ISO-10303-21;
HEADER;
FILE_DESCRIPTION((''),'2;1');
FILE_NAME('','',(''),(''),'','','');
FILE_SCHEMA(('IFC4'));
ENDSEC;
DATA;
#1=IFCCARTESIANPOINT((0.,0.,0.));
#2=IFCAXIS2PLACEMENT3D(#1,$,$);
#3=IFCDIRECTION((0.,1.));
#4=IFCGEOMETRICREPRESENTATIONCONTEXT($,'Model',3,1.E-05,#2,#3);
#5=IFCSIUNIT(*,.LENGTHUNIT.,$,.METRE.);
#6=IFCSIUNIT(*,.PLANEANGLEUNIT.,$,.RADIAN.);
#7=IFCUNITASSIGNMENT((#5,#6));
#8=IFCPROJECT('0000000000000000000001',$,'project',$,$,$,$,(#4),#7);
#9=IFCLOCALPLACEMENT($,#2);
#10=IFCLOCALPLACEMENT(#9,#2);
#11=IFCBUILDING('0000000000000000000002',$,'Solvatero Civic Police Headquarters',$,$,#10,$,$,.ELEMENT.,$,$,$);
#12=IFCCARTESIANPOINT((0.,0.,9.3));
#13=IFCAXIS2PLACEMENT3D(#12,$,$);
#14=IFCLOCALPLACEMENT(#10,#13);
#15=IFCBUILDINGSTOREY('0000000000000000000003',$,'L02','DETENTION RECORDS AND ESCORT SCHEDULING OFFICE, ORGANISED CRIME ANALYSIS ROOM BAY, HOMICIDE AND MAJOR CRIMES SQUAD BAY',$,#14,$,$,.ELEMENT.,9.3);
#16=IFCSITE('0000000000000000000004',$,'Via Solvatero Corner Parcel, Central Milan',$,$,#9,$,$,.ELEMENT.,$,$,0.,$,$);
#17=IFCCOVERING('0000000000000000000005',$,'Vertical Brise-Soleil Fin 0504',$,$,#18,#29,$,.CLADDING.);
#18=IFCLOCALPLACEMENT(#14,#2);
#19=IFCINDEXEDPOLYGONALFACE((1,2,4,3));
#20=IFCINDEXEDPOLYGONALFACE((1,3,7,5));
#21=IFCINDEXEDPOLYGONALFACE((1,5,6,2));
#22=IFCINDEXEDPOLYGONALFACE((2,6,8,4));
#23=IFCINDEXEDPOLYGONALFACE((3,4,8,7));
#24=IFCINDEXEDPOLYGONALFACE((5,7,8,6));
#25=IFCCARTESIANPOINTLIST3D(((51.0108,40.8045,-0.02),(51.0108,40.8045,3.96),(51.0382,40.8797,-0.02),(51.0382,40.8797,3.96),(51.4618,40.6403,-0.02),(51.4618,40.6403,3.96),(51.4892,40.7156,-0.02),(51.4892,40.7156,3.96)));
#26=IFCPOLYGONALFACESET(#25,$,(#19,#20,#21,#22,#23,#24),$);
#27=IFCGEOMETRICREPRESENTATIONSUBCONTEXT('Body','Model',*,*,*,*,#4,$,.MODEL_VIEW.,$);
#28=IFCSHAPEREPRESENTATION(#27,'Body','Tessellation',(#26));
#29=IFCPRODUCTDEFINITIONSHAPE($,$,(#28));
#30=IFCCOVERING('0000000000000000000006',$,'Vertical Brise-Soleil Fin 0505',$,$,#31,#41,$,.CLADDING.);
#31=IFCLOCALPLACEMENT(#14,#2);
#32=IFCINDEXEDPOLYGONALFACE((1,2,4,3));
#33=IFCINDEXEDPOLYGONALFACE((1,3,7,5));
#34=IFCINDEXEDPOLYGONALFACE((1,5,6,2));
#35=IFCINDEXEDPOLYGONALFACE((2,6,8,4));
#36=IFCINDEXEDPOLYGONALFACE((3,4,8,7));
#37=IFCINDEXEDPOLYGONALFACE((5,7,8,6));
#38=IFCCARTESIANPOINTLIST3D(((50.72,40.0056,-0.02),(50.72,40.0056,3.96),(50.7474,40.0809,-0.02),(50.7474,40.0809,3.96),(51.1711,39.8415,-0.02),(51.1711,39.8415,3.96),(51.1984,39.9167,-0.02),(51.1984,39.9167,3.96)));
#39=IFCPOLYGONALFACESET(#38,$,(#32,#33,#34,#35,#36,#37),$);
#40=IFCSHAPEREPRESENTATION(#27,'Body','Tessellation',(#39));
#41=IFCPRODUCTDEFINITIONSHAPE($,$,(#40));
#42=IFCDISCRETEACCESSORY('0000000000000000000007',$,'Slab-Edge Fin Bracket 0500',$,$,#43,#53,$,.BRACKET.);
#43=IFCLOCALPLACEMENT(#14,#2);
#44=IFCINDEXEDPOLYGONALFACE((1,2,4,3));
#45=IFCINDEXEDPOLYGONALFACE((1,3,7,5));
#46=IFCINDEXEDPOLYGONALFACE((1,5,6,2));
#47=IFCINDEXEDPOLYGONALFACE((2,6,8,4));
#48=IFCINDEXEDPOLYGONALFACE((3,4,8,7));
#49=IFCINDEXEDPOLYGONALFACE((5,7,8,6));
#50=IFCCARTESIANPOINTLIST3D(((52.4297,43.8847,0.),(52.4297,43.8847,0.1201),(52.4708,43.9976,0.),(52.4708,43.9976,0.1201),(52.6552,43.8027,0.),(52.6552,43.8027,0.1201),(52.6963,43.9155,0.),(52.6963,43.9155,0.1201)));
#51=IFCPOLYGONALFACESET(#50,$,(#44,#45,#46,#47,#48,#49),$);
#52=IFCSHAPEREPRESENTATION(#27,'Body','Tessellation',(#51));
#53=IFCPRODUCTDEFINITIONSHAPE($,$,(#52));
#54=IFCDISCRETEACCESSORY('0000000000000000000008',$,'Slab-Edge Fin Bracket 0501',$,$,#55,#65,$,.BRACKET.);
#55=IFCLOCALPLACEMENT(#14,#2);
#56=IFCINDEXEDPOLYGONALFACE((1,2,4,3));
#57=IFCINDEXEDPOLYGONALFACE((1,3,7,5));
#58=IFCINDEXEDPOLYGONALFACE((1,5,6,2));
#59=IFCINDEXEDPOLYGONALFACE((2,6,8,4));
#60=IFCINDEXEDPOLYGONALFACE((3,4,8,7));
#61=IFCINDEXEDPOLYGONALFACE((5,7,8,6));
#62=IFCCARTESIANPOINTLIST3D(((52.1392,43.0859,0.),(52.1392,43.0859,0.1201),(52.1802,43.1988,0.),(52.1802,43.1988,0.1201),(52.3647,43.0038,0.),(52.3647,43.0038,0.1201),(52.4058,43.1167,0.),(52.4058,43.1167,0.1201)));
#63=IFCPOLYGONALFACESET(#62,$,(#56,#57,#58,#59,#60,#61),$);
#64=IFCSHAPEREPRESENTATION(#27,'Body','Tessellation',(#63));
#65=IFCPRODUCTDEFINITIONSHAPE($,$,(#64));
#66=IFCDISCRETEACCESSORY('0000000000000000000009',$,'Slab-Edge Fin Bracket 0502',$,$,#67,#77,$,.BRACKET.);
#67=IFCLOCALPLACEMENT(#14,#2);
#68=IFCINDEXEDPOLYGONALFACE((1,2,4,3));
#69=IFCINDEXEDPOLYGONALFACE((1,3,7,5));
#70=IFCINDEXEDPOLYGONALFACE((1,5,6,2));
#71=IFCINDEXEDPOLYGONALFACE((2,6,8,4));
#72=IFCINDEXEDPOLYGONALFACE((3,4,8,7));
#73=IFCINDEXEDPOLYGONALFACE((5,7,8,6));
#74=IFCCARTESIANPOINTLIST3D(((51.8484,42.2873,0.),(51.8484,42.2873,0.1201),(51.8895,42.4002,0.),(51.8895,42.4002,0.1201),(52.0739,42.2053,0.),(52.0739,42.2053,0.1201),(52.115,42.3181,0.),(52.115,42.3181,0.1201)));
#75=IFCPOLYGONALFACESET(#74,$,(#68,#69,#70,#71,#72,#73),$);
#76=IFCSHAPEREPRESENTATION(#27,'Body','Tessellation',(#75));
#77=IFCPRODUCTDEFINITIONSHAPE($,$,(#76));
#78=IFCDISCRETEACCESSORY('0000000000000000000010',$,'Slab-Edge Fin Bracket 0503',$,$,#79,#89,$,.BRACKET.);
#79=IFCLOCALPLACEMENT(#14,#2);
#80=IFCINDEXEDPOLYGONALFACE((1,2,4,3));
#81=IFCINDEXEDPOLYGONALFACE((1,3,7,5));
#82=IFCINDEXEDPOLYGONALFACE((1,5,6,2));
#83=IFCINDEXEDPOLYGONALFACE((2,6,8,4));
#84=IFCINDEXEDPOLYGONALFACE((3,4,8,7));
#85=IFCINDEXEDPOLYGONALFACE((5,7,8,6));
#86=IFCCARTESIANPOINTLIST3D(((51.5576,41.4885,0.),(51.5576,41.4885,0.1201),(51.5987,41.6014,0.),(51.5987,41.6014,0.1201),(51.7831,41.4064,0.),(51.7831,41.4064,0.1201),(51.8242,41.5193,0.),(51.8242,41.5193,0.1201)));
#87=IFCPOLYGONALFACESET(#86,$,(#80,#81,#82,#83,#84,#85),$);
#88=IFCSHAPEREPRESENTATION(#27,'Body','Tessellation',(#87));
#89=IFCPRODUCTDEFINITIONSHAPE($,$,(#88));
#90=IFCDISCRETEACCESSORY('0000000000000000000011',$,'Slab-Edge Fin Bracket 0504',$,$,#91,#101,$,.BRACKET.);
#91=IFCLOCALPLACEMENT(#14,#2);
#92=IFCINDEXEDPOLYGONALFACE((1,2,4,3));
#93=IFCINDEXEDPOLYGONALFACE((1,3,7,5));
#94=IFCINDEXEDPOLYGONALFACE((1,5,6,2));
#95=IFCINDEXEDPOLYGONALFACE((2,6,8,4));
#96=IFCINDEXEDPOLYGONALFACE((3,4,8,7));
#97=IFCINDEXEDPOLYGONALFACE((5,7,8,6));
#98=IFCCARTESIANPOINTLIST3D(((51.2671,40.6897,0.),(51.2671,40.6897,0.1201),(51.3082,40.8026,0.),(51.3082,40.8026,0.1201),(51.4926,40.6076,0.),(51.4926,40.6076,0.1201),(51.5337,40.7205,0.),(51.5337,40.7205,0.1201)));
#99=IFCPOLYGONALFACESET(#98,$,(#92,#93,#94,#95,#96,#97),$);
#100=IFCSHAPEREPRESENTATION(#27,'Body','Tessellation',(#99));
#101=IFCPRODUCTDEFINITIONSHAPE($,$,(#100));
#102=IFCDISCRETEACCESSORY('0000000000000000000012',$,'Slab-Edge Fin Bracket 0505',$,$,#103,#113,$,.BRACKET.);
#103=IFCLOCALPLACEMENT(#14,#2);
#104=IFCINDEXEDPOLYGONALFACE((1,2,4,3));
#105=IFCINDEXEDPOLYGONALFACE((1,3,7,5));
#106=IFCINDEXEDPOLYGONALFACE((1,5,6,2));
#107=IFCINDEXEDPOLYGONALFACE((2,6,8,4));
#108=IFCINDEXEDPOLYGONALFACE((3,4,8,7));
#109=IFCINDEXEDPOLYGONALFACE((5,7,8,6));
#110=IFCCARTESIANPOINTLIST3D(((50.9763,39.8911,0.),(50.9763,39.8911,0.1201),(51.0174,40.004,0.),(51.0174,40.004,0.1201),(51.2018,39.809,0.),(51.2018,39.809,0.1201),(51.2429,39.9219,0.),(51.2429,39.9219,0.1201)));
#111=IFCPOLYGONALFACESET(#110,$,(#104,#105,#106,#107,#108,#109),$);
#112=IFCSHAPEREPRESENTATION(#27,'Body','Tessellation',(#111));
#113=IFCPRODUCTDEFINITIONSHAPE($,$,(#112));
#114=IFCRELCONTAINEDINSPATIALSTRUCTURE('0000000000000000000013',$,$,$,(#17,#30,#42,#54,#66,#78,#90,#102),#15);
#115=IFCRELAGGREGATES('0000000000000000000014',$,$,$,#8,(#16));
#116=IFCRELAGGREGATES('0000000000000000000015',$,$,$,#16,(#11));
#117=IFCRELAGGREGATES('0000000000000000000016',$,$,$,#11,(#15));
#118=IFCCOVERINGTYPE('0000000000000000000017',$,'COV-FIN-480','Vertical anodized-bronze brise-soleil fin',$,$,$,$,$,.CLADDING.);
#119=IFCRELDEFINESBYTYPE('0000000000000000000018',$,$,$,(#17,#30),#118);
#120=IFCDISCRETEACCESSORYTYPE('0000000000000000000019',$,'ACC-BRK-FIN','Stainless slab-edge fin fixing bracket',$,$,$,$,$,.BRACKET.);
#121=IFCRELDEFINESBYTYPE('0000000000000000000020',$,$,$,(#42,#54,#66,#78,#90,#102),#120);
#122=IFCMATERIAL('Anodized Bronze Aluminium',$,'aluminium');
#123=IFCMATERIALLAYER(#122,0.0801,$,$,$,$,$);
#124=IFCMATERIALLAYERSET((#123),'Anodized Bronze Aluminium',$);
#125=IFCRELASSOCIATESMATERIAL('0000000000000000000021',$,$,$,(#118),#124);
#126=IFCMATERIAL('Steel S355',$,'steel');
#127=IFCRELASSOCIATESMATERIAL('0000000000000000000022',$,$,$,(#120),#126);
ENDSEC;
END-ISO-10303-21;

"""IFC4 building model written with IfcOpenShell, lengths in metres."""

from ifc_helpers import new_model, si_unit, direction, frame, origin, origin_2d, place, context, subcontext, project, spatial, rectangle, extrude, material, layer, layer_set, type_object, element, save


model = new_model("IFC4")

# Units and contexts
model_context = context("Model", 3, precision=1e-05, world=origin(), true_north=direction((0.0, 1.0)))
body_context = subcontext(model_context, "Body", "Model", "MODEL_VIEW")
ifc_project = project(units=[si_unit("LENGTHUNIT", "METRE"), si_unit("PLANEANGLEUNIT", "RADIAN")], contexts=[model_context])

# Site, building, storey
site_placement = place(None, origin())
site = spatial("IfcSite", under=ifc_project, at=site_placement, Name="Via Solvatero Corner Parcel, Central Milan", CompositionType="ELEMENT", RefElevation=0.0)
building_placement = place(site_placement, origin())
building = spatial("IfcBuilding", under=site, at=building_placement, Name="Solvatero Civic Police Headquarters", CompositionType="ELEMENT")
storey_placement = place(building_placement, frame((0.0, 0.0, 9.3)))
storey = spatial("IfcBuildingStorey", under=building, at=storey_placement, Name="L02", Description="DETENTION RECORDS AND ESCORT SCHEDULING OFFICE, ORGANISED CRIME ANALYSIS ROOM BAY, HOMICIDE AND MAJOR CRIMES SQUAD BAY", CompositionType="ELEMENT", Elevation=9.3)

# Shared definitions
ifc_material_1 = material(Name="Steel S355", Category="steel")

# Shared definitions
ifc_material_2 = material(Name="Anodized Bronze Aluminium", Category="aluminium")

# Coverings
ifc_layer_1 = layer(ifc_material_2, 0.0801)
ifc_layer_set_1 = layer_set([ifc_layer_1], Name="Anodized Bronze Aluminium")
covering_type = type_object("IfcCoveringType", Name="COV-FIN-480", Description="Vertical anodized-bronze brise-soleil fin", PredefinedType="CLADDING", material=ifc_layer_set_1)
for number, where, z_axis, x_axis, name in (
    (1, (51.25, 40.76, -0.02), (0.0, 0.0, 1.0), (-0.342004, -0.939699, 0.0), "Vertical Brise-Soleil Fin 0504"),
    (2, (50.9592, 39.9612, -0.02), (0.0, 0.0, 1.0), (-0.342004, -0.939699, 0.0), "Vertical Brise-Soleil Fin 0505"),
):
    element("IfcCovering", number, at=place(storey_placement, frame(where, z_axis=z_axis, x_axis=x_axis)), inside=storey, type_object=covering_type, Name=name, PredefinedType="CLADDING", context=body_context, shape_type="SweptSolid", body=[
        extrude(rectangle(XDim=0.0801, YDim=0.48, at=origin_2d()), origin(), (0.0, 0.0, 1.0), 3.98),
    ])

# Discrete accessories
discrete_accessory_type = type_object("IfcDiscreteAccessoryType", Name="ACC-BRK-FIN", Description="Stainless slab-edge fin fixing bracket", PredefinedType="BRACKET", material=ifc_material_1)
for number, where, z_axis, x_axis, name in (
    (3, (52.563, 43.9001, 0.0), (0.0, 0.0, 1.0), (-0.342004, -0.939699, 0.0), "Slab-Edge Fin Bracket 0500"),
    (4, (52.2725, 43.1013, 0.0), (0.0, 0.0, 1.0), (-0.342004, -0.939699, 0.0), "Slab-Edge Fin Bracket 0501"),
    (5, (51.9817, 42.3027, 0.0), (0.0, 0.0, 1.0), (-0.342004, -0.939699, 0.0), "Slab-Edge Fin Bracket 0502"),
    (6, (51.6909, 41.5039, 0.0), (0.0, 0.0, 1.0), (-0.342004, -0.939699, 0.0), "Slab-Edge Fin Bracket 0503"),
    (7, (51.4004, 40.7051, 0.0), (0.0, 0.0, 1.0), (-0.342004, -0.939699, 0.0), "Slab-Edge Fin Bracket 0504"),
    (8, (51.1096, 39.9065, 0.0), (0.0, 0.0, 1.0), (-0.342004, -0.939699, 0.0), "Slab-Edge Fin Bracket 0505"),
):
    element("IfcDiscreteAccessory", number, at=place(storey_placement, frame(where, z_axis=z_axis, x_axis=x_axis)), inside=storey, type_object=discrete_accessory_type, Name=name, PredefinedType="BRACKET", context=body_context, shape_type="SweptSolid", body=[
        extrude(rectangle(XDim=0.1201, YDim=0.24, at=origin_2d()), origin(), (0.0, 0.0, 1.0), 0.1201),
    ])

save(model, "model.ifc")
